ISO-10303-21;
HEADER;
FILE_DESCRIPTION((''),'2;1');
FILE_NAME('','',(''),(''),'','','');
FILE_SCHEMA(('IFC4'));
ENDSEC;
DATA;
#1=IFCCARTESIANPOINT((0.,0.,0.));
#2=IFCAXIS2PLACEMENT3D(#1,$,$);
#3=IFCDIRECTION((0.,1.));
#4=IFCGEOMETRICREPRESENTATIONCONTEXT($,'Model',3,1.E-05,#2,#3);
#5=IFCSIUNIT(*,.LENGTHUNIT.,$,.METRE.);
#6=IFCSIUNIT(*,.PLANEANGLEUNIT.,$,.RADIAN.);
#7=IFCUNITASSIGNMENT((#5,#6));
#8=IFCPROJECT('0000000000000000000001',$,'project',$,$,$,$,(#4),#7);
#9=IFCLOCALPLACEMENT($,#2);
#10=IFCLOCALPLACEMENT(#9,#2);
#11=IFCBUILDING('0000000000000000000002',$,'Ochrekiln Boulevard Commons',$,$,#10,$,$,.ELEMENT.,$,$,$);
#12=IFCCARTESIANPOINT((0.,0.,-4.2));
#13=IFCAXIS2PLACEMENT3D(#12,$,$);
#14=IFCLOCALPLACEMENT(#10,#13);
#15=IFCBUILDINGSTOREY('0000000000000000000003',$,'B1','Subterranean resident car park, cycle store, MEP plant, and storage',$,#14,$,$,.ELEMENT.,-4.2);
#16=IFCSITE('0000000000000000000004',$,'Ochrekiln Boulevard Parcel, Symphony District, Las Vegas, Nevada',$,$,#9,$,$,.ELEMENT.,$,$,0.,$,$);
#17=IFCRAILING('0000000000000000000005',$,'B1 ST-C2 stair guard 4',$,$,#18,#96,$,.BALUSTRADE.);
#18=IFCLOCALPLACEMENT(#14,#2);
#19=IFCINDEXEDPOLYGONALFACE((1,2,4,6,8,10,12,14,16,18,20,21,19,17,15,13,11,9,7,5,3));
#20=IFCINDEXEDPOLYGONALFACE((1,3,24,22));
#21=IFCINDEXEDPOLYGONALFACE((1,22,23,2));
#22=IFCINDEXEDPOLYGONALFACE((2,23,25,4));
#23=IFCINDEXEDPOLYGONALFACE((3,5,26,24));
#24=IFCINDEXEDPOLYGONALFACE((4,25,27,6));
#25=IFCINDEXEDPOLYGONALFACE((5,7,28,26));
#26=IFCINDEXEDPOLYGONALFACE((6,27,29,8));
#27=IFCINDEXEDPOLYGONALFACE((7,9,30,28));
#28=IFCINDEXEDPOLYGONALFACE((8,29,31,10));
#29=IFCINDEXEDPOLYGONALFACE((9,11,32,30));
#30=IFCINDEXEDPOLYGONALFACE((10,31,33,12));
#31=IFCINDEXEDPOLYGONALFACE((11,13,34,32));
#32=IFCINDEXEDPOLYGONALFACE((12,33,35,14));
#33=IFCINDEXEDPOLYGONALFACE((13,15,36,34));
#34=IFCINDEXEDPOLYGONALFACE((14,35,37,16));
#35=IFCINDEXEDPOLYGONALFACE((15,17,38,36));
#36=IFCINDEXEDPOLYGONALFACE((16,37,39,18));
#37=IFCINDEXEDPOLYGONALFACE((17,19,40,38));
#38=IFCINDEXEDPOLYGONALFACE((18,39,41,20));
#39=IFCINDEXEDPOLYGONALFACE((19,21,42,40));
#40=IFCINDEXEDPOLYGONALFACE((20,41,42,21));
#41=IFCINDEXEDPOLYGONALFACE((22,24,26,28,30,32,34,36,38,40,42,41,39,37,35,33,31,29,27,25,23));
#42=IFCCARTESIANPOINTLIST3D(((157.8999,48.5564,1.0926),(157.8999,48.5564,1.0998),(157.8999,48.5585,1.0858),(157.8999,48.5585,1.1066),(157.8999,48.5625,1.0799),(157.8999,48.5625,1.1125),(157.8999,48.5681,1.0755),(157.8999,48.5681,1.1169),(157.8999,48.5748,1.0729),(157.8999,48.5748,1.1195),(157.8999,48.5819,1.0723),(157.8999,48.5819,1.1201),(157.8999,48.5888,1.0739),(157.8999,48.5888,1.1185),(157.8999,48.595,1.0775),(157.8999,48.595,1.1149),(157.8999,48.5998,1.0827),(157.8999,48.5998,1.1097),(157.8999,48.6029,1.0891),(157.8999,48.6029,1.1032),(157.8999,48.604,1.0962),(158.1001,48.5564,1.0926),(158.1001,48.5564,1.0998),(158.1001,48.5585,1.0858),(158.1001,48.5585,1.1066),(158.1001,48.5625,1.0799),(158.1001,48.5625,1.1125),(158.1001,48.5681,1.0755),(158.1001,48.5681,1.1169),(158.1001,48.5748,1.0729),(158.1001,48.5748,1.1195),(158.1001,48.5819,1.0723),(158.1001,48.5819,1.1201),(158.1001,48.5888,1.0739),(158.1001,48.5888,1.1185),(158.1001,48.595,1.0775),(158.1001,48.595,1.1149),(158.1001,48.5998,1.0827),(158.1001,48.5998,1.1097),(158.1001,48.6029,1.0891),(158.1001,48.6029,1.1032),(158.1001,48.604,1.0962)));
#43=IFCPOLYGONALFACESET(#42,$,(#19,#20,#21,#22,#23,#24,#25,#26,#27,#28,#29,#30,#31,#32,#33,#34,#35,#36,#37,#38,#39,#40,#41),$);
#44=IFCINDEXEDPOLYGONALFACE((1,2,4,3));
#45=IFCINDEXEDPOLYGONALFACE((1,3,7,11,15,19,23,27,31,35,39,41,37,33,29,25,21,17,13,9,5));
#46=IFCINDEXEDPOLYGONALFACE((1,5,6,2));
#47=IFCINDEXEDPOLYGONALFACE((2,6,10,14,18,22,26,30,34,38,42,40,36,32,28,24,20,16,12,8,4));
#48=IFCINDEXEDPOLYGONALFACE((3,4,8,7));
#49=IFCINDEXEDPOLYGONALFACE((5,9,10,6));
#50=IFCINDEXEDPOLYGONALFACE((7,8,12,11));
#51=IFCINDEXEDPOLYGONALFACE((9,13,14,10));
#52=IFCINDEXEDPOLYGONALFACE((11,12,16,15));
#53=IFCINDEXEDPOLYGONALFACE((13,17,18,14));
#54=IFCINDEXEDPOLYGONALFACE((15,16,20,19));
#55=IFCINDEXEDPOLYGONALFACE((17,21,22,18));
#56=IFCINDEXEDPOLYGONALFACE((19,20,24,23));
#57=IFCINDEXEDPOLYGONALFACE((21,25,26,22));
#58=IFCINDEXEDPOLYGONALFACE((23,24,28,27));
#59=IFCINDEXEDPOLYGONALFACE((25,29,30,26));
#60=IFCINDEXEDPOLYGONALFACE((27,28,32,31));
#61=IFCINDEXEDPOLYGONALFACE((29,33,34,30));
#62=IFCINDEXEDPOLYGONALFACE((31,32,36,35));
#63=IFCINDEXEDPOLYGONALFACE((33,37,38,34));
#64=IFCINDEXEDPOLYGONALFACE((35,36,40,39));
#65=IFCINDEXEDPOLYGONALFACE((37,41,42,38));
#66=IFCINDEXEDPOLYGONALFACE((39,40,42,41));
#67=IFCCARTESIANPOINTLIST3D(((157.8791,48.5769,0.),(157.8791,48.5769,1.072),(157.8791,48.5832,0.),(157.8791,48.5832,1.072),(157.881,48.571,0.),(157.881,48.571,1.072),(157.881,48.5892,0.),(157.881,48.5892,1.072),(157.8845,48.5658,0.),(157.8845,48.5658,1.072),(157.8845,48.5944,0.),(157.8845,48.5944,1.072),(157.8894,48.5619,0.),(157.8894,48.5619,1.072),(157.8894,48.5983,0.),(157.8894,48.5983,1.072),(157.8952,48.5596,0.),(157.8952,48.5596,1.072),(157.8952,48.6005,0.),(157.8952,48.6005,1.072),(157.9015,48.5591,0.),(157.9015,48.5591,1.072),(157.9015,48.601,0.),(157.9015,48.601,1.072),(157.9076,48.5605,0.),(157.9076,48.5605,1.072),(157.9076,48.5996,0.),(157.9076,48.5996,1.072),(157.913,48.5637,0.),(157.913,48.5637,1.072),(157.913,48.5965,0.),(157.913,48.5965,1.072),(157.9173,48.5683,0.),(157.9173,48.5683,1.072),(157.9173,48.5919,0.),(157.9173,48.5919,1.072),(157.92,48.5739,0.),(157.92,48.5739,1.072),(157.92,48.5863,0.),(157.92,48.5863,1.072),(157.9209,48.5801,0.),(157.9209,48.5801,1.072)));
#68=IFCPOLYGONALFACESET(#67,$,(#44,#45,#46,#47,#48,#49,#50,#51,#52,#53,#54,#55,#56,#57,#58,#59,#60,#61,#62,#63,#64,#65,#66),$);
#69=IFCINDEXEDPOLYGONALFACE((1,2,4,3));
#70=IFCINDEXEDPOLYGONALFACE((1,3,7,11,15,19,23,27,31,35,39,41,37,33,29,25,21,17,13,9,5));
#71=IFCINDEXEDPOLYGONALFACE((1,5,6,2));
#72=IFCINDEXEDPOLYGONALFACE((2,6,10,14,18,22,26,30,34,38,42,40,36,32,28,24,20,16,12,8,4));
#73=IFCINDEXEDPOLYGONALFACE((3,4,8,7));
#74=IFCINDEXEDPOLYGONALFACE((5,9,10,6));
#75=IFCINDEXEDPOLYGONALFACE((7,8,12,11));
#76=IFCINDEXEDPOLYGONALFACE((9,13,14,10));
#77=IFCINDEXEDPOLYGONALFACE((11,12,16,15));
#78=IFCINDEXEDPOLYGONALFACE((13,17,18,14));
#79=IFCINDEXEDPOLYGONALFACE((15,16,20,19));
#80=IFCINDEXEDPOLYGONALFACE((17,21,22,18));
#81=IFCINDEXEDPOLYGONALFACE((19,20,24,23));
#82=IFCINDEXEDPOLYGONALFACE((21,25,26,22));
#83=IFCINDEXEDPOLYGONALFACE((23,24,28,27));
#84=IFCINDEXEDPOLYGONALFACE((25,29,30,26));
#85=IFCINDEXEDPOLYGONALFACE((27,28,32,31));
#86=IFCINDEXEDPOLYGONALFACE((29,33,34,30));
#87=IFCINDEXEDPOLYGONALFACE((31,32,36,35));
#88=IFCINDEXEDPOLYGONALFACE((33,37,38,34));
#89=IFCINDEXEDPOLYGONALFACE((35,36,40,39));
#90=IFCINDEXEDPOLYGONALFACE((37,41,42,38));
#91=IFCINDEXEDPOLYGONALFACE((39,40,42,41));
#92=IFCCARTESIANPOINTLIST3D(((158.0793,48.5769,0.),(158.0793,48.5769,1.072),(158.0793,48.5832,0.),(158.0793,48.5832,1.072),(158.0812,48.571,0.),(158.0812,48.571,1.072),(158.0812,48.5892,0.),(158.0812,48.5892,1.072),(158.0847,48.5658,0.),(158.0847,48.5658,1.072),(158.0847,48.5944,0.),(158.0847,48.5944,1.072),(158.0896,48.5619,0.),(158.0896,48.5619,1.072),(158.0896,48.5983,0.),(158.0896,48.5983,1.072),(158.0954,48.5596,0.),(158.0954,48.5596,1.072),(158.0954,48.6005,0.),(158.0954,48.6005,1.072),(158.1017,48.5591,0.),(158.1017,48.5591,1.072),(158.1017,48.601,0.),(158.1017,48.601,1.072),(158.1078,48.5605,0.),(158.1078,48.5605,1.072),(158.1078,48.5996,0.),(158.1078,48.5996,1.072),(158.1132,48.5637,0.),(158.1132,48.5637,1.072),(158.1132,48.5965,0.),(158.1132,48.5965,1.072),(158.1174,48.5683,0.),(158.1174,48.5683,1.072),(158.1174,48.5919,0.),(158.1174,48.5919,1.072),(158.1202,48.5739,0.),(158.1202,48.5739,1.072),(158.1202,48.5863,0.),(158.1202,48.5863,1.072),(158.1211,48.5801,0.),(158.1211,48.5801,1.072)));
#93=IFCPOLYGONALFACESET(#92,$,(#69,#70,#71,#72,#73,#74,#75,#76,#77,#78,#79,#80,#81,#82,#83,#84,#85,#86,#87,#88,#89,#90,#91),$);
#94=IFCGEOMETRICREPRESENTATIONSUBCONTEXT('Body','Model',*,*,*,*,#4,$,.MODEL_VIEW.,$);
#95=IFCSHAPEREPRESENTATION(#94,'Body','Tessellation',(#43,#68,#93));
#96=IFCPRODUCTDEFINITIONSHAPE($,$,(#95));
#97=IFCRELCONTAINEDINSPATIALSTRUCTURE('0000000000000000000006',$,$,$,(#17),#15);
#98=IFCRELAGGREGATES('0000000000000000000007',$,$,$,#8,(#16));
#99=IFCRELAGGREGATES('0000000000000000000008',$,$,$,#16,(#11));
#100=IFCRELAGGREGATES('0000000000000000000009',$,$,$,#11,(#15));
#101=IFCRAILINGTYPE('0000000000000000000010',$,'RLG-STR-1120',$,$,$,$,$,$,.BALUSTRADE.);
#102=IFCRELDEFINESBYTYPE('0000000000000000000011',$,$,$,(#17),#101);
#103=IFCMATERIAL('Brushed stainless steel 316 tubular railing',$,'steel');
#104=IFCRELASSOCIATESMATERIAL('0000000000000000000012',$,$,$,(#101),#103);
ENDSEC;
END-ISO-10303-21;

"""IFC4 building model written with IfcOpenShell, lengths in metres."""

from ifc_helpers import new_model, si_unit, direction, frame, origin, origin_2d, place, context, subcontext, project, spatial, circle, extrude, material, type_object, element, save


model = new_model("IFC4")

# Units and contexts
model_context = context("Model", 3, precision=1e-05, world=origin(), true_north=direction((0.0, 1.0)))
body_context = subcontext(model_context, "Body", "Model", "MODEL_VIEW")
ifc_project = project(units=[si_unit("LENGTHUNIT", "METRE"), si_unit("PLANEANGLEUNIT", "RADIAN")], contexts=[model_context])

# Site, building, storey
site_placement = place(None, origin())
site = spatial("IfcSite", under=ifc_project, at=site_placement, Name="Ochrekiln Boulevard Parcel, Symphony District, Las Vegas, Nevada", CompositionType="ELEMENT", RefElevation=0.0)
building_placement = place(site_placement, origin())
building = spatial("IfcBuilding", under=site, at=building_placement, Name="Ochrekiln Boulevard Commons", CompositionType="ELEMENT")
storey_placement = place(building_placement, frame((0.0, 0.0, -4.2)))
storey = spatial("IfcBuildingStorey", under=building, at=storey_placement, Name="B1", Description="Subterranean resident car park, cycle store, MEP plant, and storage", CompositionType="ELEMENT", Elevation=-4.2)

# Railing
ifc_material_1 = material(Name="Brushed stainless steel 316 tubular railing", Category="steel")
railing_type_1 = type_object("IfcRailingType", Name="RLG-STR-1120", PredefinedType="BALUSTRADE", material=ifc_material_1)
railing_1_placement = place(storey_placement, frame((157.8999, 48.5801, 0.0)))
element("IfcRailing", 1, at=railing_1_placement, inside=storey, type_object=railing_type_1, Name="B1 ST-C2 stair guard 4", PredefinedType="BALUSTRADE", context=body_context, shape_type="SweptSolid", body=[
    extrude(circle(Radius=0.0239, at=origin_2d()), frame((0.0, 0.0, 1.0962), z_axis=(1.0, 0.0, 0.0), x_axis=(0.0, 1.0, 0.0)), (0.0, 0.0, 1.0), 0.2002),
    extrude(circle(Radius=0.021, at=origin_2d()), origin(), (0.0, 0.0, 1.0), 1.072),
    extrude(circle(Radius=0.021, at=origin_2d()), frame((0.2002, 0.0, 0.0)), (0.0, 0.0, 1.0), 1.072),
])

save(model, "model.ifc")
